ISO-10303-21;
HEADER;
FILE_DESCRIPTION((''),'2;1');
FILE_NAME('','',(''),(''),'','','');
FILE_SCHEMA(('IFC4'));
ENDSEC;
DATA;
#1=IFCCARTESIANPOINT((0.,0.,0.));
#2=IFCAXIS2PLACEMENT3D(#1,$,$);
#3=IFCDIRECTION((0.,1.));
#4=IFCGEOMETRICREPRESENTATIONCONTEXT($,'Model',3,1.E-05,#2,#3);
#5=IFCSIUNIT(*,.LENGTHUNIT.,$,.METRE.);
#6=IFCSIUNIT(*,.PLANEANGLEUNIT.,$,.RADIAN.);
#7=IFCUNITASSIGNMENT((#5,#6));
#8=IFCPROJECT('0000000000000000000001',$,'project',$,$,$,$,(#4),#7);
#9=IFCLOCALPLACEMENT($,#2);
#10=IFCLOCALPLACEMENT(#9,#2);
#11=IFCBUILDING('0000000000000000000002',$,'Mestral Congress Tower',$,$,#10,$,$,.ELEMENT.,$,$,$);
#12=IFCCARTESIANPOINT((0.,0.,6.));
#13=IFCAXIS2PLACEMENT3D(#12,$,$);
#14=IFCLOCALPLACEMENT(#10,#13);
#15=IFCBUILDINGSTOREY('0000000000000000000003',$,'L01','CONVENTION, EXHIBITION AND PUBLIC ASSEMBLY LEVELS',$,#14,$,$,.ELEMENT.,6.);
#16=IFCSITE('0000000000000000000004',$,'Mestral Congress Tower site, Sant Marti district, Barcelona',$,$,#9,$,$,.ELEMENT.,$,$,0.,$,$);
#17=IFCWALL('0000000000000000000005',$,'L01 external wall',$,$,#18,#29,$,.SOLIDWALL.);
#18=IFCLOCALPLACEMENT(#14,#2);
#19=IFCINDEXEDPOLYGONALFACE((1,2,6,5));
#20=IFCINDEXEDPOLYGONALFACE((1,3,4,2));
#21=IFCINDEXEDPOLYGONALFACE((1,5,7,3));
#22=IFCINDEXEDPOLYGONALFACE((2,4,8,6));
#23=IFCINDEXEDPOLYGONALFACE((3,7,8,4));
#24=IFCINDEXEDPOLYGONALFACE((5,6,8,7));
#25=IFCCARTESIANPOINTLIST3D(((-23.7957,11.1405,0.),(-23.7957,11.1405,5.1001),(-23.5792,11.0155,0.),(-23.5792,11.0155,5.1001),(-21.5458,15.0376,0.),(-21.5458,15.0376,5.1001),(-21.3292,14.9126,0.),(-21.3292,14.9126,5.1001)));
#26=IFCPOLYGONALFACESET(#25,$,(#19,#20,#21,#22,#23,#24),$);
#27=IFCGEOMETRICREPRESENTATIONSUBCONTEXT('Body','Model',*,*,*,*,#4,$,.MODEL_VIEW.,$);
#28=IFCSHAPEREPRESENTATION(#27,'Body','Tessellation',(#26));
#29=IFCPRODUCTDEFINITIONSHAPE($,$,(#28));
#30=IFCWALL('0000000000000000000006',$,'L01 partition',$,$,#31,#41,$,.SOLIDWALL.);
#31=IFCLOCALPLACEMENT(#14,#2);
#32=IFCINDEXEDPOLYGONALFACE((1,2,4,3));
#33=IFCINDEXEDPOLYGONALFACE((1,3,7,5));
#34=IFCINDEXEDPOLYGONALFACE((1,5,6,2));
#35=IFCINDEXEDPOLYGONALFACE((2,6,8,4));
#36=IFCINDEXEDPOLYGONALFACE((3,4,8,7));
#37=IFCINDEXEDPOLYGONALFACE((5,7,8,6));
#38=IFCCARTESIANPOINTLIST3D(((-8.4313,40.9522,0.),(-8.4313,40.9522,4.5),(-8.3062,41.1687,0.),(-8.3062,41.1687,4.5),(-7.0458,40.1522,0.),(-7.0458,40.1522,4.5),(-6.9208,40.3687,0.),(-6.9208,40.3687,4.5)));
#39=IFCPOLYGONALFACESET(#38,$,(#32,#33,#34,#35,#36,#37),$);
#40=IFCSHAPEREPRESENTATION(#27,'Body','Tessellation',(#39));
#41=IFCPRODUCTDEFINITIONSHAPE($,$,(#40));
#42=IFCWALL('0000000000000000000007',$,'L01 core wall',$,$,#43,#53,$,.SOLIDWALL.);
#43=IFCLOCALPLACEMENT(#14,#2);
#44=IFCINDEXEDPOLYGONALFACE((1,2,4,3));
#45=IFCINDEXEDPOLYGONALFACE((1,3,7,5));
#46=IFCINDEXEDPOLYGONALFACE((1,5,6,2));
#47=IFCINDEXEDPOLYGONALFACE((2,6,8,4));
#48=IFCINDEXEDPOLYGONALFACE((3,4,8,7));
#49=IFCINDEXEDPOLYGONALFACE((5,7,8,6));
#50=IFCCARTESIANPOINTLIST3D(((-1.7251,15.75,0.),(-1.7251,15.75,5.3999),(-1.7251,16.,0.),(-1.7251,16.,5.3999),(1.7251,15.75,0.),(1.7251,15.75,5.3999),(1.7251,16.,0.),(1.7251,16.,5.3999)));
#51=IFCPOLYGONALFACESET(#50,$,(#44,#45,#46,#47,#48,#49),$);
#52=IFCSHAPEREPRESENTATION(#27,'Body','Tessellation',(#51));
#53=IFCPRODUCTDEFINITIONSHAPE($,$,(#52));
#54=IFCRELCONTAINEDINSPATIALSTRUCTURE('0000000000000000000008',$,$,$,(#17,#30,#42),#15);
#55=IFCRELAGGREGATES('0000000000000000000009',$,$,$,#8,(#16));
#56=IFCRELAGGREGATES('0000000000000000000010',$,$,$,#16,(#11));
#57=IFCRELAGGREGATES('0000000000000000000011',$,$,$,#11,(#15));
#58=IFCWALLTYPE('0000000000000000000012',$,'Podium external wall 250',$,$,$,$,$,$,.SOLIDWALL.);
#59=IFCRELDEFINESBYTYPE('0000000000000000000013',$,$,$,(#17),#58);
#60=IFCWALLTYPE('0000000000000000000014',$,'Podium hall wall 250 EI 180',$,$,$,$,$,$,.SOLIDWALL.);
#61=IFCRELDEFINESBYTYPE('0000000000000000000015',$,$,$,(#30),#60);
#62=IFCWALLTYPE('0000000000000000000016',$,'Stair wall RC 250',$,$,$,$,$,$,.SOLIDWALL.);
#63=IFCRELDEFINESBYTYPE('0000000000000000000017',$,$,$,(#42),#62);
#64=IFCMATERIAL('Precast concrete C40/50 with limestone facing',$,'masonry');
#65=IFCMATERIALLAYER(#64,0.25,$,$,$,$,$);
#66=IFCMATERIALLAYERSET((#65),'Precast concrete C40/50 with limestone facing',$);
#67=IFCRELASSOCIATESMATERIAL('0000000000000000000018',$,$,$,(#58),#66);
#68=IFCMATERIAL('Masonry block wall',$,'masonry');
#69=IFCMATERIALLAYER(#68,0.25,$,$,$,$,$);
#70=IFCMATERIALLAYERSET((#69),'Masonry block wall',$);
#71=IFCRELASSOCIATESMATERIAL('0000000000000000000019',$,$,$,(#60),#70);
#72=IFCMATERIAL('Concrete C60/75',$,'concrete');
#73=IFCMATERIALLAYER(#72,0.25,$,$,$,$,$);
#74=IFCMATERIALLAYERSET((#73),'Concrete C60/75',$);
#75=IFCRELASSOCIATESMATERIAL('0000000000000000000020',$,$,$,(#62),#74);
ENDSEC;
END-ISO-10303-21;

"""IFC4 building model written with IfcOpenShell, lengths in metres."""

from ifc_helpers import new_model, si_unit, direction, frame, frame_2d, origin, place, context, subcontext, project, spatial, rectangle, extrude, material, layer, layer_set, type_object, element, save


model = new_model("IFC4")

# Units and contexts
model_context = context("Model", 3, precision=1e-05, world=origin(), true_north=direction((0.0, 1.0)))
body_context = subcontext(model_context, "Body", "Model", "MODEL_VIEW")
ifc_project = project(units=[si_unit("LENGTHUNIT", "METRE"), si_unit("PLANEANGLEUNIT", "RADIAN")], contexts=[model_context])

# Site, building, storey
site_placement = place(None, origin())
site = spatial("IfcSite", under=ifc_project, at=site_placement, Name="Mestral Congress Tower site, Sant Marti district, Barcelona", CompositionType="ELEMENT", RefElevation=0.0)
building_placement = place(site_placement, origin())
building = spatial("IfcBuilding", under=site, at=building_placement, Name="Mestral Congress Tower", CompositionType="ELEMENT")
storey_placement = place(building_placement, frame((0.0, 0.0, 6.0)))
storey = spatial("IfcBuildingStorey", under=building, at=storey_placement, Name="L01", Description="CONVENTION, EXHIBITION AND PUBLIC ASSEMBLY LEVELS", CompositionType="ELEMENT", Elevation=6.0)

# Shared definitions
ifc_material_1 = material(Name="Concrete C60/75", Category="concrete")

# Shared definitions
ifc_material_2 = material(Name="Precast concrete C40/50 with limestone facing", Category="masonry")
ifc_layer_1 = layer(ifc_material_2, 0.25)
ifc_layer_set_1 = layer_set([ifc_layer_1], Name="Precast concrete C40/50 with limestone facing")
wall_type_1 = type_object("IfcWallType", Name="Podium external wall 250", PredefinedType="SOLIDWALL", material=ifc_layer_set_1)

# Walls
wall_1_placement = place(storey_placement, frame((-21.4375, 14.9751, 0.0), z_axis=(0.0, 0.0, 1.0), x_axis=(-0.49999, -0.866031, 0.0)))
element("IfcWall", 1, at=wall_1_placement, inside=storey, type_object=wall_type_1, Name="L01 external wall", PredefinedType="SOLIDWALL", context=body_context, shape_type="SweptSolid", body=[
    extrude(rectangle(XDim=4.5, YDim=0.25, at=frame_2d((2.25, 0.0))), origin(), (0.0, 0.0, 1.0), 5.1001),
])
ifc_material_3 = material(Name="Masonry block wall", Category="masonry")
ifc_layer_2 = layer(ifc_material_3, 0.25)
ifc_layer_set_2 = layer_set([ifc_layer_2], Name="Masonry block wall")
wall_type_2 = type_object("IfcWallType", Name="Podium hall wall 250 EI 180", PredefinedType="SOLIDWALL", material=ifc_layer_set_2)
wall_2_placement = place(storey_placement, frame((-6.9834, 40.2605, 0.0), z_axis=(0.0, 0.0, 1.0), x_axis=(-0.86599, 0.500061, 0.0)))
element("IfcWall", 2, at=wall_2_placement, inside=storey, type_object=wall_type_2, Name="L01 partition", PredefinedType="SOLIDWALL", context=body_context, shape_type="SweptSolid", body=[
    extrude(rectangle(XDim=1.5999, YDim=0.25, at=frame_2d((0.7998, 0.0))), origin(), (0.0, 0.0, 1.0), 4.5),
])
ifc_layer_3 = layer(ifc_material_1, 0.25)
ifc_layer_set_3 = layer_set([ifc_layer_3], Name="Concrete C60/75")
wall_type_3 = type_object("IfcWallType", Name="Stair wall RC 250", PredefinedType="SOLIDWALL", material=ifc_layer_set_3)
wall_3_placement = place(storey_placement, frame((-1.7251, 15.875, 0.0), z_axis=(0.0, 0.0, 1.0), x_axis=(1.0, 0.0, 0.0)))
element("IfcWall", 3, at=wall_3_placement, inside=storey, type_object=wall_type_3, Name="L01 core wall", PredefinedType="SOLIDWALL", context=body_context, shape_type="SweptSolid", body=[
    extrude(rectangle(XDim=3.4502, YDim=0.25, at=frame_2d((1.7251, 0.0))), origin(), (0.0, 0.0, 1.0), 5.3999),
])

save(model, "model.ifc")
